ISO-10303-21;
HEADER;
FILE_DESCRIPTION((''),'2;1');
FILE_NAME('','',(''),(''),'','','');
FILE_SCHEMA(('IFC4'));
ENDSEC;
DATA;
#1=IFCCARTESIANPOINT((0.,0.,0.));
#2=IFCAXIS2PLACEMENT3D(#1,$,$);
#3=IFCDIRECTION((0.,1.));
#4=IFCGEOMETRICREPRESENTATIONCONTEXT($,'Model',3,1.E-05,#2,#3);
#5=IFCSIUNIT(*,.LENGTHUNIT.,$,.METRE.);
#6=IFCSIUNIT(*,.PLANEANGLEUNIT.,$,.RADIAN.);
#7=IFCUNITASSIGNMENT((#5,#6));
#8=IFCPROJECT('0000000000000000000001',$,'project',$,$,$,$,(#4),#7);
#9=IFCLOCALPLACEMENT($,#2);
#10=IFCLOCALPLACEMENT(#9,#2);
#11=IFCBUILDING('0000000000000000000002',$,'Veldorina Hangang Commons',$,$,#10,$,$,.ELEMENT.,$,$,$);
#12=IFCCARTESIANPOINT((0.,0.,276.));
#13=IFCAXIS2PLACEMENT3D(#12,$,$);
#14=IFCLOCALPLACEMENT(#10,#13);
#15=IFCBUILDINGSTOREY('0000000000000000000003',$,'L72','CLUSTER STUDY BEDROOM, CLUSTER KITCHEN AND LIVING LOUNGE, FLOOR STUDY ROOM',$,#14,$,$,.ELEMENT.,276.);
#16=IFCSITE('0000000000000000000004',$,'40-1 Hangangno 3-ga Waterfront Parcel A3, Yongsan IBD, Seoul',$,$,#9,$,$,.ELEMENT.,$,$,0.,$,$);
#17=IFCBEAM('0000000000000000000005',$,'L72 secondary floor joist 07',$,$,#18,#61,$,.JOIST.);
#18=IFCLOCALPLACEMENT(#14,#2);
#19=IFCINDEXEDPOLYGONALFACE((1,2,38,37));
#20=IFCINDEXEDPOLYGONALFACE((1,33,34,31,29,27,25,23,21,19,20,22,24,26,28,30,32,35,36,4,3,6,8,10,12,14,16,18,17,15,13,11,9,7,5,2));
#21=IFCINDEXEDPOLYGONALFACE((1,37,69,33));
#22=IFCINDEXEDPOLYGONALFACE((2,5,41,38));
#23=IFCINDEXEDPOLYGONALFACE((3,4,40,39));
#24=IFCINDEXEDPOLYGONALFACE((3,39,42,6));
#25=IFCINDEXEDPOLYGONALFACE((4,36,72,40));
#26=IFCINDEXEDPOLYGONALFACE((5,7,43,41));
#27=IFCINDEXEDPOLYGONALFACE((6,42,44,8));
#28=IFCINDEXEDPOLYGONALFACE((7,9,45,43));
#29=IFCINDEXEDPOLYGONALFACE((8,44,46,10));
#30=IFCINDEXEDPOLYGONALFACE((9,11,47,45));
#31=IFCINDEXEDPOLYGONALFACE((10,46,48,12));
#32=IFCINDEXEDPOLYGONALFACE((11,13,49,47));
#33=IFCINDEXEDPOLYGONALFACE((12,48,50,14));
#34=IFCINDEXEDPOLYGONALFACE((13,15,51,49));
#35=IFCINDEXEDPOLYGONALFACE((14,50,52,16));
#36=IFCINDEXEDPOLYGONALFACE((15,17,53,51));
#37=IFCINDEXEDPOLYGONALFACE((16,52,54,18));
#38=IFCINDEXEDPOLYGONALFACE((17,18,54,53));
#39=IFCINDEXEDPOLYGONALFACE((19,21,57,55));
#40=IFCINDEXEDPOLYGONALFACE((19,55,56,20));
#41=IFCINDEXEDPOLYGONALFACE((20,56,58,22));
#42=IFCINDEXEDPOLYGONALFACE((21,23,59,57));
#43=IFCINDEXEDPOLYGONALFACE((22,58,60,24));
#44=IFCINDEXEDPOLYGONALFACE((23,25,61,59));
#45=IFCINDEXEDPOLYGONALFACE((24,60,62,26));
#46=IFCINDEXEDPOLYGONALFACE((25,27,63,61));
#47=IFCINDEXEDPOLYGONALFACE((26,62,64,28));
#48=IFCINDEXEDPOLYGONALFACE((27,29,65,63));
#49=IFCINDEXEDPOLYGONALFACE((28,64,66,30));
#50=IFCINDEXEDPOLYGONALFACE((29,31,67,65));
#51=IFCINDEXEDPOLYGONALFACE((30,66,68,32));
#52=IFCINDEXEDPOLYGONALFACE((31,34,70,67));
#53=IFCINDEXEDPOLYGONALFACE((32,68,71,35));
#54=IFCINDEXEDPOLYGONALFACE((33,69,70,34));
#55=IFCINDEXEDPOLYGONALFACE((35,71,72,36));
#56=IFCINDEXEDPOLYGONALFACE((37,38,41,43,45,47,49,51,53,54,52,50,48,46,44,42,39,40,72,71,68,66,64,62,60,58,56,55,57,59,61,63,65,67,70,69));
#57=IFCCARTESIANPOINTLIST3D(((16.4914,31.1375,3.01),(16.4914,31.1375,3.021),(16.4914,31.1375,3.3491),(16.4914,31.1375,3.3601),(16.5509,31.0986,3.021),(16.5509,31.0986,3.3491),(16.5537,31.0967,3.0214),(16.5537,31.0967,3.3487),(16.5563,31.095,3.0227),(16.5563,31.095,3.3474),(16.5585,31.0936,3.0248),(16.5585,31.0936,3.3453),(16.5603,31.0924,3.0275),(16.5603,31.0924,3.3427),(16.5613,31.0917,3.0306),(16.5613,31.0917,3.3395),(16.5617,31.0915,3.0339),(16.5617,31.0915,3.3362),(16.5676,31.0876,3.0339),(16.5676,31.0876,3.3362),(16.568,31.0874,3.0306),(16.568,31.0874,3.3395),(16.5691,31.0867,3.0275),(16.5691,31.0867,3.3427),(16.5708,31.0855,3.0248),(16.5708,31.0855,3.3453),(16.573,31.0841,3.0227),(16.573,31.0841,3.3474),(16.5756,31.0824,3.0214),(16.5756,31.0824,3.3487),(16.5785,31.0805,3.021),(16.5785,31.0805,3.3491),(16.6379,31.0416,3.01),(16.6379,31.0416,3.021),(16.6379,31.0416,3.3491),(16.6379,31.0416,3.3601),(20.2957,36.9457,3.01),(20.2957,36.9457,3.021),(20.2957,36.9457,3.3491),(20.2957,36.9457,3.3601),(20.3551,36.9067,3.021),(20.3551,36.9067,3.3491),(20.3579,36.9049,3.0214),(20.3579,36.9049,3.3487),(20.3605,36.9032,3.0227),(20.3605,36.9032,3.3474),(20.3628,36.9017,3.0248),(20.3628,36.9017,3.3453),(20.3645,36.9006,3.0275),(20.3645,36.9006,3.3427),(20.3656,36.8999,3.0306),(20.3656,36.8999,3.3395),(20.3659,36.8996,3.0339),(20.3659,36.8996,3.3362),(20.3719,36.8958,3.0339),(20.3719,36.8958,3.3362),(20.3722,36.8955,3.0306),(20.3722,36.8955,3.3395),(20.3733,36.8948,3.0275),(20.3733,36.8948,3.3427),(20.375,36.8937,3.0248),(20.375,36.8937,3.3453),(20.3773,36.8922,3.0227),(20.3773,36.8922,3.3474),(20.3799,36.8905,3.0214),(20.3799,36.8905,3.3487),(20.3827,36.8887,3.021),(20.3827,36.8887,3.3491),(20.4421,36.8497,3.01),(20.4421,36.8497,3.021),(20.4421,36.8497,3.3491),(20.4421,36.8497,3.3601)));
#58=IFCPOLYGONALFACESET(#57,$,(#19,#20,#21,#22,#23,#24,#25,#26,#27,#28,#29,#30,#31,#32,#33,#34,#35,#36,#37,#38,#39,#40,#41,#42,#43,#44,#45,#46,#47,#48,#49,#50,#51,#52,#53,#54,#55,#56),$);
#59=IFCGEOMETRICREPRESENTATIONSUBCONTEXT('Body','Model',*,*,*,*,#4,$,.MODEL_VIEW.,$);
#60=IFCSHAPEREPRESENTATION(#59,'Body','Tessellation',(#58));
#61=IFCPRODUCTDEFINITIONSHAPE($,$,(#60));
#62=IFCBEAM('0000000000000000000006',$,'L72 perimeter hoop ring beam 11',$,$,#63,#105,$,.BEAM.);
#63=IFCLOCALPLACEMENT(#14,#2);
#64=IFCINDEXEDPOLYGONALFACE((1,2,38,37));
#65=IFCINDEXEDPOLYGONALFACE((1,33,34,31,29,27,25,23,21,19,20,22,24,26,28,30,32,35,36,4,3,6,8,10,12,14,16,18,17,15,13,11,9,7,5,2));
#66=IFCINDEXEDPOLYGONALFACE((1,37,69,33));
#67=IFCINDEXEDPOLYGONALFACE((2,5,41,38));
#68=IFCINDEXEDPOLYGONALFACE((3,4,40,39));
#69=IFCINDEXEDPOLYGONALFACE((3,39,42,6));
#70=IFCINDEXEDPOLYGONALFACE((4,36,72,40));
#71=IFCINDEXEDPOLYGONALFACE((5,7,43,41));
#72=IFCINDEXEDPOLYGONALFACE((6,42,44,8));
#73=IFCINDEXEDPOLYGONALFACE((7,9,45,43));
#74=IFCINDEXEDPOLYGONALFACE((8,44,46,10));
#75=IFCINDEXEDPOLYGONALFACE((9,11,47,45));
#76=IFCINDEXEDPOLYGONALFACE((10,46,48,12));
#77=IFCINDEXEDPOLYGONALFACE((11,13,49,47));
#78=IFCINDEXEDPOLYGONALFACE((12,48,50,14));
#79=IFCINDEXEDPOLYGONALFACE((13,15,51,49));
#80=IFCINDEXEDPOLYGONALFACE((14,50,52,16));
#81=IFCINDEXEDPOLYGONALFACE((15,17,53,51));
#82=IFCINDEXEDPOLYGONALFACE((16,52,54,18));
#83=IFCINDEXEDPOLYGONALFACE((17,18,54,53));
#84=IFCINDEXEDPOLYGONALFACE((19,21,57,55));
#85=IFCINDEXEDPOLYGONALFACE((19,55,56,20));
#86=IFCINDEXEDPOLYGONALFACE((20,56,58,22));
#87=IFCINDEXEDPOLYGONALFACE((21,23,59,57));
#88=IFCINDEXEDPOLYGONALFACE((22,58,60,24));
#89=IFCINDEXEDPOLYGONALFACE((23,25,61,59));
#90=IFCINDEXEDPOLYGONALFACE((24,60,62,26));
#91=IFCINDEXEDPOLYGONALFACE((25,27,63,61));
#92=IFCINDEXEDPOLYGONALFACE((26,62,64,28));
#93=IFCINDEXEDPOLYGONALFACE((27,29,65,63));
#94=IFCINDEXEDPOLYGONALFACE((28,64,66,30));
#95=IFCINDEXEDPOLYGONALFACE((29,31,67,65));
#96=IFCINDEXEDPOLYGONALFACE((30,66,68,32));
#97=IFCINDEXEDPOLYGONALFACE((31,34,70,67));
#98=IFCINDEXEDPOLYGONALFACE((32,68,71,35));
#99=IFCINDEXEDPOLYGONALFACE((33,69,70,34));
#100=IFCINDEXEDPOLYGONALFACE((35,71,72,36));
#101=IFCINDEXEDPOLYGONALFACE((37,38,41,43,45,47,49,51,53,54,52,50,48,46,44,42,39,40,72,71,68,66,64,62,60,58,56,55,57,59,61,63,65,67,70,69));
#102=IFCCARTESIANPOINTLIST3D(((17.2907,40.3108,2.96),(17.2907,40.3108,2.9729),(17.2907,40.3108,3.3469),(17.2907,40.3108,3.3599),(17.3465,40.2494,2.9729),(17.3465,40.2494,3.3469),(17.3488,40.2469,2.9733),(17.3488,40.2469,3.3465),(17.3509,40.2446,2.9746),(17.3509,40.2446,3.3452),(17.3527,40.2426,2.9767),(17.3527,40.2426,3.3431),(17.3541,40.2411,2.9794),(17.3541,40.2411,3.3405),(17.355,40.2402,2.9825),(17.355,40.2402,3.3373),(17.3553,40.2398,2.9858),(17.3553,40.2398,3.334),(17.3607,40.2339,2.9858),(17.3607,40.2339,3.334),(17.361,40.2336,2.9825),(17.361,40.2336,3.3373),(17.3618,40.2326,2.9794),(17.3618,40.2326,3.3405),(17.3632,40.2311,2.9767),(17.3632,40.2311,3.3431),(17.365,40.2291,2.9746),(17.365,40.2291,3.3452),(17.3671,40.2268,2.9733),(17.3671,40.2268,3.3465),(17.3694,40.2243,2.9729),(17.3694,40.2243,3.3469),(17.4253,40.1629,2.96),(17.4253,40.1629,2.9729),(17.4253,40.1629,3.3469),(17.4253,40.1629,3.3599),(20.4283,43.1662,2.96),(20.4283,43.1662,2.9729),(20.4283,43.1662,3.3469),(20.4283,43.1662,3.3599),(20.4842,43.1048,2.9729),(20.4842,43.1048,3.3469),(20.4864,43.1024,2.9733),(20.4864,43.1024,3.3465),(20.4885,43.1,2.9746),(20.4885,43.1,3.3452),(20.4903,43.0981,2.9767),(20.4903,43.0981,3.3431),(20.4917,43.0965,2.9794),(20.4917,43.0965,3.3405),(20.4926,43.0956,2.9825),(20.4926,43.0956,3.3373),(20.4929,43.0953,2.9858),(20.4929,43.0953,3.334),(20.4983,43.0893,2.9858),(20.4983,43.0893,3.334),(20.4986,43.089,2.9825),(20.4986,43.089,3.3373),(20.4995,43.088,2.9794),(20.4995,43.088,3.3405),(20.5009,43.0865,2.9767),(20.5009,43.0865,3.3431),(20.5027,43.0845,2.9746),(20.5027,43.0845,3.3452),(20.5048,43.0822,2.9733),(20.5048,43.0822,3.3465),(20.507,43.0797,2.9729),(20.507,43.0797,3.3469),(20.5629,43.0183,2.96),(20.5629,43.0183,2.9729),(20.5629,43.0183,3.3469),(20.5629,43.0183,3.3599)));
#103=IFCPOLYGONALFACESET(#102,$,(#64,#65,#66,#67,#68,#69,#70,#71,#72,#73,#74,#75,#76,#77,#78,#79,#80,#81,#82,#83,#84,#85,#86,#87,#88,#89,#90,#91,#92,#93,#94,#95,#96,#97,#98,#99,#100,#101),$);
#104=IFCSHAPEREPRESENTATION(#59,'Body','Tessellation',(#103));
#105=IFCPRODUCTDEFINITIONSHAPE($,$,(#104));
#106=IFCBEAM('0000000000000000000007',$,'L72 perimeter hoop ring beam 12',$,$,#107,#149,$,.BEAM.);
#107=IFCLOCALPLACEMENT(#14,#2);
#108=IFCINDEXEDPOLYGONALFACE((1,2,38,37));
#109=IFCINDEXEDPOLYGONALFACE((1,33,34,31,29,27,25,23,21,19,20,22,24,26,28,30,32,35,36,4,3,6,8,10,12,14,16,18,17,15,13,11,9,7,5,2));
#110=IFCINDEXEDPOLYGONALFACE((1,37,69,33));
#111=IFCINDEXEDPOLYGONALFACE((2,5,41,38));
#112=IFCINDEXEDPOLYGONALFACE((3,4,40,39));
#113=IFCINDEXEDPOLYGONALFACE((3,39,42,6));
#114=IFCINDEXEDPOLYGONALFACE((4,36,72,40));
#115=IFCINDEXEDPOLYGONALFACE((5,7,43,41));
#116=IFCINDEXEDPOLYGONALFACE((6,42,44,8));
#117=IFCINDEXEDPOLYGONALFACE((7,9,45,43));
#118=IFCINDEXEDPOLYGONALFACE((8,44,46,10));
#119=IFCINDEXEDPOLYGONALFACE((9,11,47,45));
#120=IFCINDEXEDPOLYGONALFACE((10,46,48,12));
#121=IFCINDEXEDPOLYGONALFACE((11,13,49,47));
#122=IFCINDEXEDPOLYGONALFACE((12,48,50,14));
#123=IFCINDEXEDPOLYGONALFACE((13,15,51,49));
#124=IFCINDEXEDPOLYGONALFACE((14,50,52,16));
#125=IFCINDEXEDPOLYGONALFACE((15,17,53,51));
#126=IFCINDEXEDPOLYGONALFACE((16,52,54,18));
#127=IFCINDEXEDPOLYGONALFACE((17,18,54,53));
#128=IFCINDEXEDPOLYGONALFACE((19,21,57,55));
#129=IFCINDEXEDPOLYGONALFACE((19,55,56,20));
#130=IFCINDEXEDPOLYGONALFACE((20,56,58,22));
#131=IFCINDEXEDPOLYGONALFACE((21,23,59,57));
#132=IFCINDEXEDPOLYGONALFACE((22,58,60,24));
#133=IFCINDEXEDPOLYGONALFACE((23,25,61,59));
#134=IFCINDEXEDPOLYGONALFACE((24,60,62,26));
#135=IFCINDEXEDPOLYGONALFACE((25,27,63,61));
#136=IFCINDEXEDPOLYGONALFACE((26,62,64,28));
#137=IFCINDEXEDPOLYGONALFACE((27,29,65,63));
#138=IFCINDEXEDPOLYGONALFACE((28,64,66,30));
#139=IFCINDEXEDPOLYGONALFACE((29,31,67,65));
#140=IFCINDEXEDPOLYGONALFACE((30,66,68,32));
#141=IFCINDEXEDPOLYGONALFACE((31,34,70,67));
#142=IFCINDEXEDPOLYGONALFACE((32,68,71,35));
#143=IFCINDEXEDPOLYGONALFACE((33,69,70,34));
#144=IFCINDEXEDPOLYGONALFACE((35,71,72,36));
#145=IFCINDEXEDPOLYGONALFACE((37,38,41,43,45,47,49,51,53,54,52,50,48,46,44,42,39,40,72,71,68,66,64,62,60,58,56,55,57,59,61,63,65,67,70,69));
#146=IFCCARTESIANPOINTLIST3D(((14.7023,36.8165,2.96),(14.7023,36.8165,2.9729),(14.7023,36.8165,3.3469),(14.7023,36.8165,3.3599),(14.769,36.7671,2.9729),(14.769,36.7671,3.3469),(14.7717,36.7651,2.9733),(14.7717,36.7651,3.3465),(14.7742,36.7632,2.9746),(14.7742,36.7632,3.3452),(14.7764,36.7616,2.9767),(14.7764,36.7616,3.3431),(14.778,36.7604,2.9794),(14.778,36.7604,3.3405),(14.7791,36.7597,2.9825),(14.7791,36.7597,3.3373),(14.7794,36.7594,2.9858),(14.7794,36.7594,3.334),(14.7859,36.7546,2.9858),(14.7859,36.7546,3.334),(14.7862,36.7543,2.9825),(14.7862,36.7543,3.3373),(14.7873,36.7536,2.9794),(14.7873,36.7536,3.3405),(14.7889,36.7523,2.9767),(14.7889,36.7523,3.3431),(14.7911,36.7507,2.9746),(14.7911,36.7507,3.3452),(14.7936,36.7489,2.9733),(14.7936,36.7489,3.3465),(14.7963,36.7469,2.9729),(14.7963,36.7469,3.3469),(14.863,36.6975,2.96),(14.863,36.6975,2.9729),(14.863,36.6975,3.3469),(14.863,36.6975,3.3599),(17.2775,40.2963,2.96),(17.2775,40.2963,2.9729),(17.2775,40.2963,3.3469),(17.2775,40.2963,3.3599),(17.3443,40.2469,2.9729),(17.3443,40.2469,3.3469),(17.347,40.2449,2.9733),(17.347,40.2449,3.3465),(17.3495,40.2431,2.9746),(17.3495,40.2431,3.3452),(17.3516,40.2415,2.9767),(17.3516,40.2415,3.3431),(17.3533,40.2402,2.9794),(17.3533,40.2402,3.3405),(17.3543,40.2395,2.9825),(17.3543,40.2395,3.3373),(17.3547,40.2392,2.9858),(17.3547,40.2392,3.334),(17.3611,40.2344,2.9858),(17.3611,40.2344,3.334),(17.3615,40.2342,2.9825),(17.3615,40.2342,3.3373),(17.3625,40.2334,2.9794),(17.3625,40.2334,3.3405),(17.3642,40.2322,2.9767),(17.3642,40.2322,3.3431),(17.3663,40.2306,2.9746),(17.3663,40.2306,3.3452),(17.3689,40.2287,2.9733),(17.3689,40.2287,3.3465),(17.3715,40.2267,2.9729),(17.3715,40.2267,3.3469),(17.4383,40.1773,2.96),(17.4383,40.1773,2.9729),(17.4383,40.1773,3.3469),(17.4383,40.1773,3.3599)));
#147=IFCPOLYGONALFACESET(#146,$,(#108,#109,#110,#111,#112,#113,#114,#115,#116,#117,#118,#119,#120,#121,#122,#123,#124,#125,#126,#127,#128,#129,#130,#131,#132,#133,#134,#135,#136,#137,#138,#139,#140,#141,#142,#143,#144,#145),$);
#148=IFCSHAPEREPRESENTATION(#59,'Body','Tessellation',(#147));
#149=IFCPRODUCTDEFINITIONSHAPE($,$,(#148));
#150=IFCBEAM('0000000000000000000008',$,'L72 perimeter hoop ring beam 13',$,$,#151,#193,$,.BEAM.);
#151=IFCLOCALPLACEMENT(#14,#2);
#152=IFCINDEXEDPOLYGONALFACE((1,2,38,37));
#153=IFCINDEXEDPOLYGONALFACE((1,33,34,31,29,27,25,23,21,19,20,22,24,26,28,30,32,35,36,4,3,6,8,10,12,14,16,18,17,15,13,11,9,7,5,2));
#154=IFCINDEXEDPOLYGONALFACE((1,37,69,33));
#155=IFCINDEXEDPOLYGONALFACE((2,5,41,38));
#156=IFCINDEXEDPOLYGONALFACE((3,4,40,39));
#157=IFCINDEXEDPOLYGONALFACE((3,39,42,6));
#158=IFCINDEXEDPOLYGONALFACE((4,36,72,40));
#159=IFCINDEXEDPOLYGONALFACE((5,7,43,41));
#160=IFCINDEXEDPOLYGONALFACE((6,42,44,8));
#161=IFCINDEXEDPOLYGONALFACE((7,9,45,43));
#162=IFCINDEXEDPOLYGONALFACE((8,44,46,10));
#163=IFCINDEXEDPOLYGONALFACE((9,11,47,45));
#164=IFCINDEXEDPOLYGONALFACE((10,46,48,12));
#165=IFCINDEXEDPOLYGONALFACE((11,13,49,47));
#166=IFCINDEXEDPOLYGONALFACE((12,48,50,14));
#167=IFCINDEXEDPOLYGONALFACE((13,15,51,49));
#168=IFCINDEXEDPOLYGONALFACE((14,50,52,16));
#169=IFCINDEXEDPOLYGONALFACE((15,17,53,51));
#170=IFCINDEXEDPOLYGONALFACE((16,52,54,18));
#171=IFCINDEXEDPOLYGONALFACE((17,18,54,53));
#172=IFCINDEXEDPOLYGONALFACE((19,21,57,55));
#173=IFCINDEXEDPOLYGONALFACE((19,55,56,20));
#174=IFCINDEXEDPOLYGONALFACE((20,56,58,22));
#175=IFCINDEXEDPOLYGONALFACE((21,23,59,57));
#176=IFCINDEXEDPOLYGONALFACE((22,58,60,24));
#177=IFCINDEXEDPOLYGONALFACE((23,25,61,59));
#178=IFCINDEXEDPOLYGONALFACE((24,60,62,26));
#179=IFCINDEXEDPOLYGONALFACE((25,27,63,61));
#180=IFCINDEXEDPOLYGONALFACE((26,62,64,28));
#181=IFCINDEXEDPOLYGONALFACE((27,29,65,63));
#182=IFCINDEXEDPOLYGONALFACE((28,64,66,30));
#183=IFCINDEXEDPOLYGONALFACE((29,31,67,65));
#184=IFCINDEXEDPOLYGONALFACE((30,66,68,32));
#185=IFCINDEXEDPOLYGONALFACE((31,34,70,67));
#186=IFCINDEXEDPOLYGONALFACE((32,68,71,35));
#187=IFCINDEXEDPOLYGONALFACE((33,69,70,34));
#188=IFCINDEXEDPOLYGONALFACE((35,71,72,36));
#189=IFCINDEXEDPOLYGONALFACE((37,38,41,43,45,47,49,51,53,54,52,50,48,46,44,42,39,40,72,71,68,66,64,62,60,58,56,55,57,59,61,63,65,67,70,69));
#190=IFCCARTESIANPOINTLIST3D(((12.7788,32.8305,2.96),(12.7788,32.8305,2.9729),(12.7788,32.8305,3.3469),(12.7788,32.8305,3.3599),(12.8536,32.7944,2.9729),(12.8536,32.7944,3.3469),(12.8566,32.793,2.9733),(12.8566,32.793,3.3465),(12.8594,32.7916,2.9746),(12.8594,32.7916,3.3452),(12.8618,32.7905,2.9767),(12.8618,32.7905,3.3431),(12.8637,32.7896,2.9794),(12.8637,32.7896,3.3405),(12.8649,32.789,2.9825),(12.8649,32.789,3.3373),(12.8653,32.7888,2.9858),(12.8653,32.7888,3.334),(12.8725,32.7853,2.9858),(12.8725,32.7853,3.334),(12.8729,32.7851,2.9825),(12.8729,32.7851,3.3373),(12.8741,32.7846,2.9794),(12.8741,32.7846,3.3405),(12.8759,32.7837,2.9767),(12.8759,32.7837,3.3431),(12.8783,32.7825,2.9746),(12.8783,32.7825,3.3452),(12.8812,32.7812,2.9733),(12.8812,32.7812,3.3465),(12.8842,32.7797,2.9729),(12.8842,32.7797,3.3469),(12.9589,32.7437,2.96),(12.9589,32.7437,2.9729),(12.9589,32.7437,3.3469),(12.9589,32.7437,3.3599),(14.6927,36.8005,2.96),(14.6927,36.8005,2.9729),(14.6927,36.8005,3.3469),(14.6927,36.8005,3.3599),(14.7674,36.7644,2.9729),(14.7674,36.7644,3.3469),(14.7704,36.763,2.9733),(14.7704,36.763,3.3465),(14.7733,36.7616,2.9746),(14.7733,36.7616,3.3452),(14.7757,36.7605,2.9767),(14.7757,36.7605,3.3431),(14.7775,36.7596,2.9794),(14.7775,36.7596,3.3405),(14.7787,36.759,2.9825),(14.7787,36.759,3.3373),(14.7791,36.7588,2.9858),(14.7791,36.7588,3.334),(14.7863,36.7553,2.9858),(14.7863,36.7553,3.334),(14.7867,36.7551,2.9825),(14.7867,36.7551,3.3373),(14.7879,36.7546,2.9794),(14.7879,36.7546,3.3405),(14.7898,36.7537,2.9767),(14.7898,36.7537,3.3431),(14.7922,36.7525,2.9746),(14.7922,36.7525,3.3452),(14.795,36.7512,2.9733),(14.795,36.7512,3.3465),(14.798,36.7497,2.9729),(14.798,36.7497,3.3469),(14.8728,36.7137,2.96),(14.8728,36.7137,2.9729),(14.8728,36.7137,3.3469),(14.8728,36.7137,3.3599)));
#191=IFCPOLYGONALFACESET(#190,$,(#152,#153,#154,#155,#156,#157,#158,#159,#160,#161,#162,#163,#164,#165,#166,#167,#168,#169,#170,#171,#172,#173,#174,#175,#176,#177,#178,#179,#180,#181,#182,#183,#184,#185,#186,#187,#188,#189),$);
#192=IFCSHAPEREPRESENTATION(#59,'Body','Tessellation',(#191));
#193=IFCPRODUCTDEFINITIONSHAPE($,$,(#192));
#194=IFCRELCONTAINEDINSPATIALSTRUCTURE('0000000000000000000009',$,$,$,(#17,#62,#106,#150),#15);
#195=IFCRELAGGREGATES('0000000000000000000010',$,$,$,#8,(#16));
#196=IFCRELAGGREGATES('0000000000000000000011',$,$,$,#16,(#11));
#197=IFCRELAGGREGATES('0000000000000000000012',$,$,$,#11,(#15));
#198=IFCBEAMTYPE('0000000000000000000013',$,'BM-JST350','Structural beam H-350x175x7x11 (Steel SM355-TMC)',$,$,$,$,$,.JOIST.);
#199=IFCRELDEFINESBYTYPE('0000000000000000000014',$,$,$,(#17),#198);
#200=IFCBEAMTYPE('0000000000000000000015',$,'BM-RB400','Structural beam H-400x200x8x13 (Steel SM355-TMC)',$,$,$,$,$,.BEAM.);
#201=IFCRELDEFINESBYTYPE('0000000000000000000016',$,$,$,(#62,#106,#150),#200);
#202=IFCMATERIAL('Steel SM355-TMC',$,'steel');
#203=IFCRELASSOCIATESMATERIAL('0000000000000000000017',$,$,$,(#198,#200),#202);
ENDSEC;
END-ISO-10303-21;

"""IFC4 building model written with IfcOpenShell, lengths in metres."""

from ifc_helpers import new_model, si_unit, direction, frame, origin, origin_2d, place, context, subcontext, project, spatial, i_section, extrude, material, material_profile, profile_set, type_object, element, save


model = new_model("IFC4")

# Units and contexts
model_context = context("Model", 3, precision=1e-05, world=origin(), true_north=direction((0.0, 1.0)))
body_context = subcontext(model_context, "Body", "Model", "MODEL_VIEW")
ifc_project = project(units=[si_unit("LENGTHUNIT", "METRE"), si_unit("PLANEANGLEUNIT", "RADIAN")], contexts=[model_context])

# Site, building, storey
site_placement = place(None, origin())
site = spatial("IfcSite", under=ifc_project, at=site_placement, Name="40-1 Hangangno 3-ga Waterfront Parcel A3, Yongsan IBD, Seoul", CompositionType="ELEMENT", RefElevation=0.0)
building_placement = place(site_placement, origin())
building = spatial("IfcBuilding", under=site, at=building_placement, Name="Veldorina Hangang Commons", CompositionType="ELEMENT")
storey_placement = place(building_placement, frame((0.0, 0.0, 276.0)))
storey = spatial("IfcBuildingStorey", under=building, at=storey_placement, Name="L72", Description="CLUSTER STUDY BEDROOM, CLUSTER KITCHEN AND LIVING LOUNGE, FLOOR STUDY ROOM", CompositionType="ELEMENT", Elevation=276.0)

# Beams
ifc_material_1 = material(Name="Steel SM355-TMC", Category="steel")
ifc_material_profile_1 = material_profile(ifc_material_1, i_section(OverallWidth=0.175, OverallDepth=0.3501, WebThickness=0.0071, FlangeThickness=0.011, FilletRadius=0.0129, at=origin_2d()), Name="H-350x175x7x11")
ifc_profile_set_1 = profile_set([ifc_material_profile_1], Name="Steel SM355-TMC")
beam_type_1 = type_object("IfcBeamType", Name="BM-JST350", Description="Structural beam H-350x175x7x11 (Steel SM355-TMC)", PredefinedType="JOIST", material=ifc_profile_set_1)
beam_1_placement = place(storey_placement, frame((20.3689, 36.8977, 3.1851), z_axis=(-0.547914, -0.836534, 0.0), x_axis=(0.836534, -0.547914, 0.0)))
element("IfcBeam", 1, at=beam_1_placement, inside=storey, type_object=beam_type_1, Name="L72 secondary floor joist 07", PredefinedType="JOIST", context=body_context, shape_type="SweptSolid", body=[
    extrude(i_section(OverallWidth=0.175, OverallDepth=0.3501, WebThickness=0.0071, FlangeThickness=0.011, FilletRadius=0.0129, at=origin_2d()), origin(), (0.0, 0.0, 1.0), 6.9431),
])
ifc_material_profile_2 = material_profile(ifc_material_1, i_section(OverallWidth=0.2, OverallDepth=0.3999, WebThickness=0.0081, FlangeThickness=0.0129, FilletRadius=0.0129, at=origin_2d()), Name="H-400x200x8x13")
ifc_profile_set_2 = profile_set([ifc_material_profile_2], Name="Steel SM355-TMC")
beam_type_2 = type_object("IfcBeamType", Name="BM-RB400", Description="Structural beam H-400x200x8x13 (Steel SM355-TMC)", PredefinedType="BEAM", material=ifc_profile_set_2)
beam_2_placement = place(storey_placement, frame((20.4956, 43.0923, 3.1599), z_axis=(-0.739586, -0.673062, 0.0), x_axis=(0.673062, -0.739586, 0.0)))
element("IfcBeam", 2, at=beam_2_placement, inside=storey, type_object=beam_type_2, Name="L72 perimeter hoop ring beam 11", PredefinedType="BEAM", context=body_context, shape_type="SweptSolid", body=[
    extrude(i_section(OverallWidth=0.2, OverallDepth=0.3999, WebThickness=0.0081, FlangeThickness=0.0129, FilletRadius=0.0129, at=origin_2d()), origin(), (0.0, 0.0, 1.0), 4.2424),
])
beam_3_placement = place(storey_placement, frame((17.3579, 40.2368, 3.1599), z_axis=(-0.594871, -0.803821, 0.0), x_axis=(0.803821, -0.594871, 0.0)))
element("IfcBeam", 3, at=beam_3_placement, inside=storey, type_object=beam_type_2, Name="L72 perimeter hoop ring beam 12", PredefinedType="BEAM", context=body_context, shape_type="SweptSolid", body=[
    extrude(i_section(OverallWidth=0.2, OverallDepth=0.3999, WebThickness=0.0081, FlangeThickness=0.0129, FilletRadius=0.0129, at=origin_2d()), origin(), (0.0, 0.0, 1.0), 4.3291),
])
beam_4_placement = place(storey_placement, frame((14.7827, 36.7571, 3.1599), z_axis=(-0.434249, -0.900793, 0.0), x_axis=(0.900793, -0.434249, 0.0)))
element("IfcBeam", 4, at=beam_4_placement, inside=storey, type_object=beam_type_2, Name="L72 perimeter hoop ring beam 13", PredefinedType="BEAM", context=body_context, shape_type="SweptSolid", body=[
    extrude(i_section(OverallWidth=0.2, OverallDepth=0.3999, WebThickness=0.0081, FlangeThickness=0.0129, FilletRadius=0.0129, at=origin_2d()), origin(), (0.0, 0.0, 1.0), 4.4072),
])

save(model, "model.ifc")
